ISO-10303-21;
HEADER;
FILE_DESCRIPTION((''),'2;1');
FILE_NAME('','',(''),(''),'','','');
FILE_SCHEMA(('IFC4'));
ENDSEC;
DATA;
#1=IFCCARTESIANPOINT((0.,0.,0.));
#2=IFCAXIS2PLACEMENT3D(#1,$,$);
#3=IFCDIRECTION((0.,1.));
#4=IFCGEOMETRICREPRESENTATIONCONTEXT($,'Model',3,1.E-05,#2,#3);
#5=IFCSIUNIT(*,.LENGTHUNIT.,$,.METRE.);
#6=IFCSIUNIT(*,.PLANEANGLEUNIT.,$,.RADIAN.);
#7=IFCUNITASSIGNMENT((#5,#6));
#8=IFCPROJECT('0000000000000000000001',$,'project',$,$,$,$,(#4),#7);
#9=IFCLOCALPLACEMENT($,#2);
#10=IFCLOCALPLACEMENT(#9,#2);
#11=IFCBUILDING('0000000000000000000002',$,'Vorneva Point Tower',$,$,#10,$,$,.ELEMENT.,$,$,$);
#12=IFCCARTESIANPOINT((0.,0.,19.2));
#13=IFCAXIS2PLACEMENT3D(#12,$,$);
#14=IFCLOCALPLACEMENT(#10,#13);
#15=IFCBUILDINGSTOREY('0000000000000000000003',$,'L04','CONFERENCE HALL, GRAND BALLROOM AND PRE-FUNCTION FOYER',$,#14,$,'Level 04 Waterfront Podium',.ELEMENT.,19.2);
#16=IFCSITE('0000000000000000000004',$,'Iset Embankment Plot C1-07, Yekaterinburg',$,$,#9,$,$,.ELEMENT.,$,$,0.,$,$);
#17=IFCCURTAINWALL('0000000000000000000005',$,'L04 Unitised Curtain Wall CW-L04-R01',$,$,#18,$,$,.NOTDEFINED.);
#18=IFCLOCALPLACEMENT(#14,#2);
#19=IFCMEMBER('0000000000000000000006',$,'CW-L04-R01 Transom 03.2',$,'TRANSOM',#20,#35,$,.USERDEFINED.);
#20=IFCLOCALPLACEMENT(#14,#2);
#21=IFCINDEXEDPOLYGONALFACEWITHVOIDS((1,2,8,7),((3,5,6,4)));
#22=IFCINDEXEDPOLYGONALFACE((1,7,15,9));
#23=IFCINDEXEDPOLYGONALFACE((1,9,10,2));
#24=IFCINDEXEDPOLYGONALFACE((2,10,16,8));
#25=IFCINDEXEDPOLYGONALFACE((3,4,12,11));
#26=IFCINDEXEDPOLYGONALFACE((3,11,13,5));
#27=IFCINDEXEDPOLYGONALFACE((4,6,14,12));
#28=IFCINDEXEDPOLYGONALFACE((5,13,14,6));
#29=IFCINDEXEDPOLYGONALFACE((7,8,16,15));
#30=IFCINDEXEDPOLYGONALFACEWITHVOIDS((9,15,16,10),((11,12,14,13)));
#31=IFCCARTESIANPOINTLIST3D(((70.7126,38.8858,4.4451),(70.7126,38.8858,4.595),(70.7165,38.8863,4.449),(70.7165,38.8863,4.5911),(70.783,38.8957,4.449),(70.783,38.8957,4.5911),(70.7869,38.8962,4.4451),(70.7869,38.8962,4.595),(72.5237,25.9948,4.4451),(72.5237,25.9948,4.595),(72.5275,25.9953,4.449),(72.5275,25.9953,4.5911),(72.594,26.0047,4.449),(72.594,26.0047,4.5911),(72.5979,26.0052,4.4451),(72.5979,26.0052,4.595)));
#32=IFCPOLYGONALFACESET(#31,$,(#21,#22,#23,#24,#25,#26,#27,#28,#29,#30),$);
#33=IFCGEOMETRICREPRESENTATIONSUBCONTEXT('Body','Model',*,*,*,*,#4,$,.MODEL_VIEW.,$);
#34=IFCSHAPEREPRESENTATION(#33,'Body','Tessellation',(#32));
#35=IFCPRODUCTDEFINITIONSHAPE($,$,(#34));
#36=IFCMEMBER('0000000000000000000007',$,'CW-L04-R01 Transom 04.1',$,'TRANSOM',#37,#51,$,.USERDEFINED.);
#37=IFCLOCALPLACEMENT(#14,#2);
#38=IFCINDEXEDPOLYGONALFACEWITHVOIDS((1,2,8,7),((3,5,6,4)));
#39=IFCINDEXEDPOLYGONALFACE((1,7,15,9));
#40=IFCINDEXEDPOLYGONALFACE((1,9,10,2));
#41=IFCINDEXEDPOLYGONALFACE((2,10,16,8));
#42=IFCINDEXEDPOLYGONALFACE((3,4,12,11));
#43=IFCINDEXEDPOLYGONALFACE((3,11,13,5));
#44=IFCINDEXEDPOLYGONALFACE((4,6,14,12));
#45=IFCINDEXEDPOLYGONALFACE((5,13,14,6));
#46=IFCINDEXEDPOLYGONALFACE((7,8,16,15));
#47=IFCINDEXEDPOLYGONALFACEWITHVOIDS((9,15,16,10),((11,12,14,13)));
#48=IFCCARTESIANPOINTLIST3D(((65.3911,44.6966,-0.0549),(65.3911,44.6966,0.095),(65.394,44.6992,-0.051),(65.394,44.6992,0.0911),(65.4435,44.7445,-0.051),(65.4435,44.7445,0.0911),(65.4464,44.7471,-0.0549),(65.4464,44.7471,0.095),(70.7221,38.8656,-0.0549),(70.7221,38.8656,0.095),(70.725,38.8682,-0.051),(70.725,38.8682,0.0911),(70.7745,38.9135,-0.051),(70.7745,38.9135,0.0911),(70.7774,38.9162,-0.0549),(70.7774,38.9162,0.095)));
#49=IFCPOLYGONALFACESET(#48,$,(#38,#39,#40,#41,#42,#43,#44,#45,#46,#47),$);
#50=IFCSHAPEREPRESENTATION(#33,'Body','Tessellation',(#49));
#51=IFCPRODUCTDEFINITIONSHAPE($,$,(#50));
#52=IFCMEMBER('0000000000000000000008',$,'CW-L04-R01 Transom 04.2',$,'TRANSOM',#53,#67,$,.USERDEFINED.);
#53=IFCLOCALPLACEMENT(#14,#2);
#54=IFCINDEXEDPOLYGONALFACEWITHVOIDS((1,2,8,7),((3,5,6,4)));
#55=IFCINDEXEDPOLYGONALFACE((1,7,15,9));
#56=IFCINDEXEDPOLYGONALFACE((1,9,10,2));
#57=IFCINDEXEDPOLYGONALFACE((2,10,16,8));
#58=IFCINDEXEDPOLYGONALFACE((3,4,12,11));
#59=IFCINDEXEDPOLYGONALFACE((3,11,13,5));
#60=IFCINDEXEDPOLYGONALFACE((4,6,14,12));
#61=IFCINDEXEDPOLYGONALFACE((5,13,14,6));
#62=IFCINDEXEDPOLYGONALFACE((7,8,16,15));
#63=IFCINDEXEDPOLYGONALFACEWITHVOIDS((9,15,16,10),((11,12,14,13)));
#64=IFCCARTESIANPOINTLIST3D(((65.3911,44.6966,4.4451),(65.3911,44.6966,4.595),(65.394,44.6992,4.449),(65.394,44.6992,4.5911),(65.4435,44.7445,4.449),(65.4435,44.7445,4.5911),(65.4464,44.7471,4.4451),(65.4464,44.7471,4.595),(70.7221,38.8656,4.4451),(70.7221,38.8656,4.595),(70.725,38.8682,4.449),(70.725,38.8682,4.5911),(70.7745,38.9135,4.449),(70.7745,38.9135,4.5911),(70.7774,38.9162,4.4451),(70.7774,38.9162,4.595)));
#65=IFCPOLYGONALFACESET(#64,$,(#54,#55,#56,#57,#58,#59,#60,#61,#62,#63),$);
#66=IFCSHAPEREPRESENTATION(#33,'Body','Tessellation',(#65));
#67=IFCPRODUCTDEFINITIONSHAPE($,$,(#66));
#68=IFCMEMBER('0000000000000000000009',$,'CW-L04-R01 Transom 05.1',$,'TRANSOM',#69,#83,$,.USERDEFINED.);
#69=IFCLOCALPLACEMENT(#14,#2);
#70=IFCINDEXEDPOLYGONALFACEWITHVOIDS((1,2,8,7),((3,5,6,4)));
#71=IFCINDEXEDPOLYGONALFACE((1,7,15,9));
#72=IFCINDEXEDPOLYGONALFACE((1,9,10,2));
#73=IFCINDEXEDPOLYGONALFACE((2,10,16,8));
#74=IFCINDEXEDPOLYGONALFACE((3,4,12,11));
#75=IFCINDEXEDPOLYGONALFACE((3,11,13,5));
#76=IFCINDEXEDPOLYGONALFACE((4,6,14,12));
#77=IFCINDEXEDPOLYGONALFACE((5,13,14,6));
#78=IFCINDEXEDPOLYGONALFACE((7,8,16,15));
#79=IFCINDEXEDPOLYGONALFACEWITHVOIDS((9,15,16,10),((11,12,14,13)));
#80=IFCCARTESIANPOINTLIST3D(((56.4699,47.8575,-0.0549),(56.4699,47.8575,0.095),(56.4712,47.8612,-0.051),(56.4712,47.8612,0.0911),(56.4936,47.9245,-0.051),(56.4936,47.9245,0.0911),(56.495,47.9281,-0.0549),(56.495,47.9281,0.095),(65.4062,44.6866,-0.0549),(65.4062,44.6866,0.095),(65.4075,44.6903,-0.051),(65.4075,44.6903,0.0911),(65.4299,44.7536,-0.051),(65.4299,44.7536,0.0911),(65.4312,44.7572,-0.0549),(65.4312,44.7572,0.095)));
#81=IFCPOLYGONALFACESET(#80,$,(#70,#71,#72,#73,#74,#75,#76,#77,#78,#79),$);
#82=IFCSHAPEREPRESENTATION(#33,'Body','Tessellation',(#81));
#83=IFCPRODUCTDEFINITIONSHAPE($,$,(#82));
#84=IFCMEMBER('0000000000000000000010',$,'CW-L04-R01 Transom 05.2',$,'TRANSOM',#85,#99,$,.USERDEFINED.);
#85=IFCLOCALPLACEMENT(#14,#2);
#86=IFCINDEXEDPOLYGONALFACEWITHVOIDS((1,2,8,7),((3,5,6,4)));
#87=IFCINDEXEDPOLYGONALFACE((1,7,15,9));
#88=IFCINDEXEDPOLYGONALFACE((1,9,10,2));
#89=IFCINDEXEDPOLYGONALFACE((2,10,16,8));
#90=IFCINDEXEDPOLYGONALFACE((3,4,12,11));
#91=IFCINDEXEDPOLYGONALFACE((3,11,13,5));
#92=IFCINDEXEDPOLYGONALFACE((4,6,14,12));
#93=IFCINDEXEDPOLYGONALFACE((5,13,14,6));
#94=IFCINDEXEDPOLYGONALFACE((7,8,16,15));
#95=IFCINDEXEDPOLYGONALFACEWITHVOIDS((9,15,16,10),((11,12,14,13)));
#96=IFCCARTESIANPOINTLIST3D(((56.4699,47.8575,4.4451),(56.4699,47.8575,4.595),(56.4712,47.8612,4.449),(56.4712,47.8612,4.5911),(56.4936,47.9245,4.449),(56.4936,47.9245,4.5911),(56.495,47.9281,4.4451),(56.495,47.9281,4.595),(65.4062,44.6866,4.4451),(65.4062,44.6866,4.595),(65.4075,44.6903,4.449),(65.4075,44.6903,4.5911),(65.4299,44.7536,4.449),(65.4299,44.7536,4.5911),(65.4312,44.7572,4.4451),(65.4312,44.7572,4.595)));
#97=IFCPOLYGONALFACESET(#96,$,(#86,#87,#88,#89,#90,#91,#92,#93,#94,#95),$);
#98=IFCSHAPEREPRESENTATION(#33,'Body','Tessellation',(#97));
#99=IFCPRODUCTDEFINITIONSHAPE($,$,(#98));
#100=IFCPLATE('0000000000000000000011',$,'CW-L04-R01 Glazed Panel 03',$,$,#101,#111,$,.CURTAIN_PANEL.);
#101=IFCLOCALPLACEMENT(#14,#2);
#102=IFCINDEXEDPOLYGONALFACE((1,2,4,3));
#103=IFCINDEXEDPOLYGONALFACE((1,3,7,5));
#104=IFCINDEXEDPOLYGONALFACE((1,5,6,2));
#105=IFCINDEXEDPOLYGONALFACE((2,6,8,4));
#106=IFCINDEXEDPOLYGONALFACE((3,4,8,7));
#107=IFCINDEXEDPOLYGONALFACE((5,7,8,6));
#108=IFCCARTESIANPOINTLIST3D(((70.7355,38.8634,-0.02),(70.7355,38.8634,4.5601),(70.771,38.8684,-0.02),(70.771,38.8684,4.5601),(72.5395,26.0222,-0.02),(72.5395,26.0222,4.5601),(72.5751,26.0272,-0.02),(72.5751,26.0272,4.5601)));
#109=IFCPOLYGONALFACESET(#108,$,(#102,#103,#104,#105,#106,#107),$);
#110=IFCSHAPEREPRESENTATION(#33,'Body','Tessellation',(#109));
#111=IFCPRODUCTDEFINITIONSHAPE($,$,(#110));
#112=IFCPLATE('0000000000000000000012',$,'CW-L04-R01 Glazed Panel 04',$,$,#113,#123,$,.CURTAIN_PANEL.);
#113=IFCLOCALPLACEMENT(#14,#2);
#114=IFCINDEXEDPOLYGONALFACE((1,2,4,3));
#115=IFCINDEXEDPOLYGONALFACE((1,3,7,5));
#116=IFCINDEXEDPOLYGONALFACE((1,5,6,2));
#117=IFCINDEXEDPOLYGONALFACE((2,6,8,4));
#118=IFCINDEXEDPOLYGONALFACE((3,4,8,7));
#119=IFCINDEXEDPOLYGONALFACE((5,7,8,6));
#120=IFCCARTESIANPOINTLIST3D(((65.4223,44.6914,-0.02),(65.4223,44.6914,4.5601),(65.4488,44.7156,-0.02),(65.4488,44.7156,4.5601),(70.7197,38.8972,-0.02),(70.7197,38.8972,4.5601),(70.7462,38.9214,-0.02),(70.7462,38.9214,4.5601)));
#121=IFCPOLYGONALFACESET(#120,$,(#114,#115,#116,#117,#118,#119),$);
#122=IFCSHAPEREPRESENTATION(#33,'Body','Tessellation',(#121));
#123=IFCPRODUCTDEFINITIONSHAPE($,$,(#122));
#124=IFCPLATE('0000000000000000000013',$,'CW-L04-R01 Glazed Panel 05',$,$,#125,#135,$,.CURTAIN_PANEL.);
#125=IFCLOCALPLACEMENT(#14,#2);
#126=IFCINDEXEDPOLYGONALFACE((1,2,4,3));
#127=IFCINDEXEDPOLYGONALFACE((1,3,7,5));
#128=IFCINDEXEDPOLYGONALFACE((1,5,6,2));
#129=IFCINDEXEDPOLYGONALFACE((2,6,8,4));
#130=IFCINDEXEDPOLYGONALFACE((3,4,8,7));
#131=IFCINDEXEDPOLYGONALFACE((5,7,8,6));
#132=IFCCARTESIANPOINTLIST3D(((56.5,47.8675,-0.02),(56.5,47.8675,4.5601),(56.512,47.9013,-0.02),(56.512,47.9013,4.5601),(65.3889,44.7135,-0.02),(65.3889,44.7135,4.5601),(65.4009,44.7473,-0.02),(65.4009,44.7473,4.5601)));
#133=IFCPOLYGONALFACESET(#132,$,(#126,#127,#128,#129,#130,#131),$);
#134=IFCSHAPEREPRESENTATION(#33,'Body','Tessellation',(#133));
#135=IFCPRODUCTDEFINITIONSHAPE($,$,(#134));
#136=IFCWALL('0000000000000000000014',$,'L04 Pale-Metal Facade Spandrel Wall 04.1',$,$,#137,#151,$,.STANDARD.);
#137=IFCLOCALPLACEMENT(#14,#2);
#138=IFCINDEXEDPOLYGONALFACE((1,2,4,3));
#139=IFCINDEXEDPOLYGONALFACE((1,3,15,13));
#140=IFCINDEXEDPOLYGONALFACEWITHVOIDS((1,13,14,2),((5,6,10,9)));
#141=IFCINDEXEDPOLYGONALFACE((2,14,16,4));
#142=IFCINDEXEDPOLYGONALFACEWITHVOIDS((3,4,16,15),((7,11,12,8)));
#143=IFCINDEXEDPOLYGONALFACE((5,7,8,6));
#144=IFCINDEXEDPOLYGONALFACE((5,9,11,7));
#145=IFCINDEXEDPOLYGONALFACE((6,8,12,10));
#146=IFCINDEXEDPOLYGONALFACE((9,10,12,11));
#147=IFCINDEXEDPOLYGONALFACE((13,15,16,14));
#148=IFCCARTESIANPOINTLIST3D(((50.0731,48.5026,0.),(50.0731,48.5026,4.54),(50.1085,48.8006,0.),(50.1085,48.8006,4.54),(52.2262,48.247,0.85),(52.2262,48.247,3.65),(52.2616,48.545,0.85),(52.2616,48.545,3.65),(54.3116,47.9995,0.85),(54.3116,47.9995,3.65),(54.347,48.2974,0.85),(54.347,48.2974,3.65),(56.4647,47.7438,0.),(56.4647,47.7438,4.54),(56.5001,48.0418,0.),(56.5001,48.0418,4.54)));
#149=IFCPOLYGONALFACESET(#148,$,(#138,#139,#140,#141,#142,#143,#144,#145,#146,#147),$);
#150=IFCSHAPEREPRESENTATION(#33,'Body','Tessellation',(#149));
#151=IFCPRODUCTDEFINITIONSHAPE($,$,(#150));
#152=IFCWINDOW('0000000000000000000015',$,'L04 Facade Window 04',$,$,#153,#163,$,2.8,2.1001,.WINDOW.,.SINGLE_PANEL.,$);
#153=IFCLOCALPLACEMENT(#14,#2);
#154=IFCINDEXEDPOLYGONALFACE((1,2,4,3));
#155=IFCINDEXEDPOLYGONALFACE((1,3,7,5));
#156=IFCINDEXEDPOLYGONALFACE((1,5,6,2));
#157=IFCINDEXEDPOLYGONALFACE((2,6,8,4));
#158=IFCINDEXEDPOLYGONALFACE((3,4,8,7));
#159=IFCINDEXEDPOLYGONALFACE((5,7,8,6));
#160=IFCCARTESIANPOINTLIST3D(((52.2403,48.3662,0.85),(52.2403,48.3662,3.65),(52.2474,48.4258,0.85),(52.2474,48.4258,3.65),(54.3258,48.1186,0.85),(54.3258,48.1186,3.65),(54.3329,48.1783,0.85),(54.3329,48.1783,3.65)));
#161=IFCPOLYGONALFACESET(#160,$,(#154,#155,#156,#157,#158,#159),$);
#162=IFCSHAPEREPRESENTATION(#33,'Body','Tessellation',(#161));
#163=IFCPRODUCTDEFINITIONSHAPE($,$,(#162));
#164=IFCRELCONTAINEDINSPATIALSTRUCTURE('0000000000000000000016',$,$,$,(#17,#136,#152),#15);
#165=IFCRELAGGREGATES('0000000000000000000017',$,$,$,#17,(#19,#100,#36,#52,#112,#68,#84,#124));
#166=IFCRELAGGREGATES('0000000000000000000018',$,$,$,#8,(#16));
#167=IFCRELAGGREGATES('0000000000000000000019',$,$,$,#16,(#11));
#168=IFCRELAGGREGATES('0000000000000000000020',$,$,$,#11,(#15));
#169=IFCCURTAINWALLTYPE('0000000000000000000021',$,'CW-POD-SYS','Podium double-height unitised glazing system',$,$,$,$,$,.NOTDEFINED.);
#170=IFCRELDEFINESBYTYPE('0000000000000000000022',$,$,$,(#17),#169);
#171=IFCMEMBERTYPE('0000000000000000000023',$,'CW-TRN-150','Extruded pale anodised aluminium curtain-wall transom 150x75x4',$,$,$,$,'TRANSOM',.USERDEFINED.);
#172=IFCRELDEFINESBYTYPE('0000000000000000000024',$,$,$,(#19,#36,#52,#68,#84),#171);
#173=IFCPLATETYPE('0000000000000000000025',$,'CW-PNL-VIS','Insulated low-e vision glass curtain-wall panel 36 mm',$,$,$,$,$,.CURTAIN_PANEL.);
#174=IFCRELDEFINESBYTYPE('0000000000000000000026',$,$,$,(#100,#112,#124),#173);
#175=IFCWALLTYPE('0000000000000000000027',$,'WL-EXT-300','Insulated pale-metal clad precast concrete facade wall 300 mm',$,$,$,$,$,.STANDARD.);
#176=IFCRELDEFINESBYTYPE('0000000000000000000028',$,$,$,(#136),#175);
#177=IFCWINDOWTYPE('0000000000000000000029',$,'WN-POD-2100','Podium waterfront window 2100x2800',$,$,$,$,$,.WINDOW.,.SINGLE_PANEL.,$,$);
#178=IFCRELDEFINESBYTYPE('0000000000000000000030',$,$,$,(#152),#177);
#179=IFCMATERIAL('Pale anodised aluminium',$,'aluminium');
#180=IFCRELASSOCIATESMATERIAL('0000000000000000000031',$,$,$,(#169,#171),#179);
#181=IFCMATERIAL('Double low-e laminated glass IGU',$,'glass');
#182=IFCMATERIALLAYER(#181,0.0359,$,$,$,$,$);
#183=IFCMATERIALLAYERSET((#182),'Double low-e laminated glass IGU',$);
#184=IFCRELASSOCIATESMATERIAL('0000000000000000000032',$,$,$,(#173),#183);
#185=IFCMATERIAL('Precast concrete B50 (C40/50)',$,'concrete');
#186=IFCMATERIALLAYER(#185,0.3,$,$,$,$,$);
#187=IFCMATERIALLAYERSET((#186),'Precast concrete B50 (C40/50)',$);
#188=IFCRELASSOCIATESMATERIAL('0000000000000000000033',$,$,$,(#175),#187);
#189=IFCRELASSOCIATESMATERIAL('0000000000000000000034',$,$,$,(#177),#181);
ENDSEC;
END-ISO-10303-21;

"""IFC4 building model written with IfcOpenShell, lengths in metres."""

from ifc_helpers import new_model, si_unit, direction, frame, frame_2d, origin, origin_2d, place, context, subcontext, project, spatial, rectangle, hollow_rectangle, extrude, material, layer, layer_set, material_profile, profile_set, type_object, element, fill, aggregate, save


model = new_model("IFC4")

# Units and contexts
model_context = context("Model", 3, precision=1e-05, world=origin(), true_north=direction((0.0, 1.0)))
body_context = subcontext(model_context, "Body", "Model", "MODEL_VIEW")
ifc_project = project(units=[si_unit("LENGTHUNIT", "METRE"), si_unit("PLANEANGLEUNIT", "RADIAN")], contexts=[model_context])

# Site, building, storey
site_placement = place(None, origin())
site = spatial("IfcSite", under=ifc_project, at=site_placement, Name="Iset Embankment Plot C1-07, Yekaterinburg", CompositionType="ELEMENT", RefElevation=0.0)
building_placement = place(site_placement, origin())
building = spatial("IfcBuilding", under=site, at=building_placement, Name="Vorneva Point Tower", CompositionType="ELEMENT")
storey_placement = place(building_placement, frame((0.0, 0.0, 19.2)))
storey = spatial("IfcBuildingStorey", under=building, at=storey_placement, Name="L04", Description="CONFERENCE HALL, GRAND BALLROOM AND PRE-FUNCTION FOYER", LongName="Level 04 Waterfront Podium", CompositionType="ELEMENT", Elevation=19.2)

# Curtain wall, members, plates
ifc_material_1 = material(Name="Pale anodised aluminium", Category="aluminium")
curtain_wall_type = type_object("IfcCurtainWallType", Name="CW-POD-SYS", Description="Podium double-height unitised glazing system", PredefinedType="NOTDEFINED", material=ifc_material_1)
curtain_wall_placement = place(storey_placement, origin())
curtain_wall = element("IfcCurtainWall", 1, at=curtain_wall_placement, inside=storey, type_object=curtain_wall_type, Name="L04 Unitised Curtain Wall CW-L04-R01", PredefinedType="NOTDEFINED")
ifc_material_profile_1 = material_profile(ifc_material_1, hollow_rectangle(XDim=0.075, YDim=0.1499, WallThickness=0.0039, at=origin_2d()), Name="AL-TRN 150x75x4")
ifc_profile_set_1 = profile_set([ifc_material_profile_1], Name="Pale anodised aluminium")
member_type_1 = type_object("IfcMemberType", Name="CW-TRN-150", Description="Extruded pale anodised aluminium curtain-wall transom 150x75x4", ElementType="TRANSOM", PredefinedType="USERDEFINED", material=ifc_profile_set_1)
member_1_placement = place(storey_placement, frame((72.5608, 26.0, 4.52), z_axis=(-0.139124, 0.990275, 0.0), x_axis=(-0.990275, -0.139124, 0.0)))
member_1 = element("IfcMember", 2, at=member_1_placement, type_object=member_type_1, Name="CW-L04-R01 Transom 03.2", ObjectType="TRANSOM", PredefinedType="USERDEFINED", context=body_context, shape_type="SweptSolid", body=[
    extrude(hollow_rectangle(XDim=0.075, YDim=0.1499, WallThickness=0.0039, at=origin_2d()), origin(), (0.0, 0.0, 1.0), 13.0176),
])
member_2_placement = place(storey_placement, frame((70.7498, 38.8909, 0.02), z_axis=(-0.674756, 0.738041, 0.0), x_axis=(-0.738041, -0.674756, 0.0)))
member_2 = element("IfcMember", 3, at=member_2_placement, type_object=member_type_1, Name="CW-L04-R01 Transom 04.1", ObjectType="TRANSOM", PredefinedType="USERDEFINED", context=body_context, shape_type="SweptSolid", body=[
    extrude(hollow_rectangle(XDim=0.075, YDim=0.1499, WallThickness=0.0039, at=origin_2d()), origin(), (0.0, 0.0, 1.0), 7.9006),
])
member_3_placement = place(storey_placement, frame((70.7498, 38.8909, 4.52), z_axis=(-0.674756, 0.738041, 0.0), x_axis=(-0.738041, -0.674756, 0.0)))
member_3 = element("IfcMember", 4, at=member_3_placement, type_object=member_type_1, Name="CW-L04-R01 Transom 04.2", ObjectType="TRANSOM", PredefinedType="USERDEFINED", context=body_context, shape_type="SweptSolid", body=[
    extrude(hollow_rectangle(XDim=0.075, YDim=0.1499, WallThickness=0.0039, at=origin_2d()), origin(), (0.0, 0.0, 1.0), 7.9006),
])
member_4_placement = place(storey_placement, frame((65.4187, 44.7219, 0.02), z_axis=(-0.942429, 0.334406, 0.0), x_axis=(-0.334406, -0.942429, 0.0)))
member_4 = element("IfcMember", 5, at=member_4_placement, type_object=member_type_1, Name="CW-L04-R01 Transom 05.1", ObjectType="TRANSOM", PredefinedType="USERDEFINED", context=body_context, shape_type="SweptSolid", body=[
    extrude(hollow_rectangle(XDim=0.075, YDim=0.1499, WallThickness=0.0039, at=origin_2d()), origin(), (0.0, 0.0, 1.0), 9.4822),
])
member_5_placement = place(storey_placement, frame((65.4187, 44.7219, 4.52), z_axis=(-0.942429, 0.334406, 0.0), x_axis=(-0.334406, -0.942429, 0.0)))
member_5 = element("IfcMember", 6, at=member_5_placement, type_object=member_type_1, Name="CW-L04-R01 Transom 05.2", ObjectType="TRANSOM", PredefinedType="USERDEFINED", context=body_context, shape_type="SweptSolid", body=[
    extrude(hollow_rectangle(XDim=0.075, YDim=0.1499, WallThickness=0.0039, at=origin_2d()), origin(), (0.0, 0.0, 1.0), 9.4822),
])
ifc_material_2 = material(Name="Double low-e laminated glass IGU", Category="glass")
ifc_layer_1 = layer(ifc_material_2, 0.0359)
ifc_layer_set_1 = layer_set([ifc_layer_1], Name="Double low-e laminated glass IGU")
plate_type = type_object("IfcPlateType", Name="CW-PNL-VIS", Description="Insulated low-e vision glass curtain-wall panel 36 mm", PredefinedType="CURTAIN_PANEL", material=ifc_layer_set_1)
plate_1_placement = place(storey_placement, frame((71.6553, 32.4453, -0.02), z_axis=(0.0, 0.0, 1.0), x_axis=(-0.139121, 0.990275, 0.0)))
plate_1 = element("IfcPlate", 7, at=plate_1_placement, type_object=plate_type, Name="CW-L04-R01 Glazed Panel 03", PredefinedType="CURTAIN_PANEL", context=body_context, shape_type="SweptSolid", body=[
    extrude(rectangle(XDim=12.9673, YDim=0.0359, at=origin_2d()), origin(), (0.0, 0.0, 1.0), 4.5801),
])
plate_2_placement = place(storey_placement, frame((68.0842, 41.8064, -0.02), z_axis=(0.0, 0.0, 1.0), x_axis=(-0.674753, 0.738043, 0.0)))
plate_2 = element("IfcPlate", 8, at=plate_2_placement, type_object=plate_type, Name="CW-L04-R01 Glazed Panel 04", PredefinedType="CURTAIN_PANEL", context=body_context, shape_type="SweptSolid", body=[
    extrude(rectangle(XDim=7.8508, YDim=0.0359, at=origin_2d()), origin(), (0.0, 0.0, 1.0), 4.5801),
])
plate_3_placement = place(storey_placement, frame((60.9504, 46.3074, -0.02), z_axis=(0.0, 0.0, 1.0), x_axis=(-0.942432, 0.334399, 0.0)))
plate_3 = element("IfcPlate", 9, at=plate_3_placement, type_object=plate_type, Name="CW-L04-R01 Glazed Panel 05", PredefinedType="CURTAIN_PANEL", context=body_context, shape_type="SweptSolid", body=[
    extrude(rectangle(XDim=9.4319, YDim=0.0359, at=origin_2d()), origin(), (0.0, 0.0, 1.0), 4.5801),
])
aggregate(curtain_wall, [member_1, plate_1, member_2, member_3, plate_2, member_4, member_5, plate_3])

# Wall, opening, window
ifc_material_3 = material(Name="Precast concrete B50 (C40/50)", Category="concrete")
ifc_layer_2 = layer(ifc_material_3, 0.3)
ifc_layer_set_2 = layer_set([ifc_layer_2], Name="Precast concrete B50 (C40/50)")
wall_type = type_object("IfcWallType", Name="WL-EXT-300", Description="Insulated pale-metal clad precast concrete facade wall 300 mm", PredefinedType="STANDARD", material=ifc_layer_set_2)
wall_placement = place(storey_placement, frame((56.4824, 47.8928, 0.0), z_axis=(0.0, 0.0, 1.0), x_axis=(-0.993027, 0.117889, 0.0)))
wall = element("IfcWall", 10, at=wall_placement, inside=storey, type_object=wall_type, Name="L04 Pale-Metal Facade Spandrel Wall 04.1", PredefinedType="STANDARD", context=body_context, shape_type="SweptSolid", body=[
    extrude(rectangle(XDim=6.4365, YDim=0.3, at=frame_2d((3.2183, 0.0))), origin(), (0.0, 0.0, 1.0), 4.54),
])
opening_placement = place(wall_placement, frame((2.1682, 0.0, 0.8501)))
opening = element("IfcOpeningElement", 11, at=opening_placement, cuts=wall, PredefinedType="OPENING", context=body_context, shape_type="SweptSolid", body=[
    extrude(rectangle(XDim=2.1001, YDim=2.8, at=frame_2d((1.05, 1.3999))), frame((0.0, 0.165, 0.0), z_axis=(0.0, -1.0, 0.0), x_axis=(1.0, 0.0, 0.0)), (0.0, 0.0, 1.0), 0.3298),
])
window_type = type_object("IfcWindowType", Name="WN-POD-2100", Description="Podium waterfront window 2100x2800", PartitioningType="SINGLE_PANEL", PredefinedType="WINDOW", material=ifc_material_2)
window_placement = place(opening_placement, origin())
window = element("IfcWindow", 12, at=window_placement, inside=storey, type_object=window_type, Name="L04 Facade Window 04", OverallHeight=2.8, OverallWidth=2.1001, PartitioningType="SINGLE_PANEL", PredefinedType="WINDOW", context=body_context, shape_type="SweptSolid", body=[
    extrude(rectangle(XDim=2.1001, YDim=2.8, at=frame_2d((1.05, 1.3999))), frame((0.0, 0.03, 0.0), z_axis=(0.0, -1.0, 0.0), x_axis=(1.0, 0.0, 0.0)), (0.0, 0.0, 1.0), 0.0601),
])
fill(opening, window)

save(model, "model.ifc")
